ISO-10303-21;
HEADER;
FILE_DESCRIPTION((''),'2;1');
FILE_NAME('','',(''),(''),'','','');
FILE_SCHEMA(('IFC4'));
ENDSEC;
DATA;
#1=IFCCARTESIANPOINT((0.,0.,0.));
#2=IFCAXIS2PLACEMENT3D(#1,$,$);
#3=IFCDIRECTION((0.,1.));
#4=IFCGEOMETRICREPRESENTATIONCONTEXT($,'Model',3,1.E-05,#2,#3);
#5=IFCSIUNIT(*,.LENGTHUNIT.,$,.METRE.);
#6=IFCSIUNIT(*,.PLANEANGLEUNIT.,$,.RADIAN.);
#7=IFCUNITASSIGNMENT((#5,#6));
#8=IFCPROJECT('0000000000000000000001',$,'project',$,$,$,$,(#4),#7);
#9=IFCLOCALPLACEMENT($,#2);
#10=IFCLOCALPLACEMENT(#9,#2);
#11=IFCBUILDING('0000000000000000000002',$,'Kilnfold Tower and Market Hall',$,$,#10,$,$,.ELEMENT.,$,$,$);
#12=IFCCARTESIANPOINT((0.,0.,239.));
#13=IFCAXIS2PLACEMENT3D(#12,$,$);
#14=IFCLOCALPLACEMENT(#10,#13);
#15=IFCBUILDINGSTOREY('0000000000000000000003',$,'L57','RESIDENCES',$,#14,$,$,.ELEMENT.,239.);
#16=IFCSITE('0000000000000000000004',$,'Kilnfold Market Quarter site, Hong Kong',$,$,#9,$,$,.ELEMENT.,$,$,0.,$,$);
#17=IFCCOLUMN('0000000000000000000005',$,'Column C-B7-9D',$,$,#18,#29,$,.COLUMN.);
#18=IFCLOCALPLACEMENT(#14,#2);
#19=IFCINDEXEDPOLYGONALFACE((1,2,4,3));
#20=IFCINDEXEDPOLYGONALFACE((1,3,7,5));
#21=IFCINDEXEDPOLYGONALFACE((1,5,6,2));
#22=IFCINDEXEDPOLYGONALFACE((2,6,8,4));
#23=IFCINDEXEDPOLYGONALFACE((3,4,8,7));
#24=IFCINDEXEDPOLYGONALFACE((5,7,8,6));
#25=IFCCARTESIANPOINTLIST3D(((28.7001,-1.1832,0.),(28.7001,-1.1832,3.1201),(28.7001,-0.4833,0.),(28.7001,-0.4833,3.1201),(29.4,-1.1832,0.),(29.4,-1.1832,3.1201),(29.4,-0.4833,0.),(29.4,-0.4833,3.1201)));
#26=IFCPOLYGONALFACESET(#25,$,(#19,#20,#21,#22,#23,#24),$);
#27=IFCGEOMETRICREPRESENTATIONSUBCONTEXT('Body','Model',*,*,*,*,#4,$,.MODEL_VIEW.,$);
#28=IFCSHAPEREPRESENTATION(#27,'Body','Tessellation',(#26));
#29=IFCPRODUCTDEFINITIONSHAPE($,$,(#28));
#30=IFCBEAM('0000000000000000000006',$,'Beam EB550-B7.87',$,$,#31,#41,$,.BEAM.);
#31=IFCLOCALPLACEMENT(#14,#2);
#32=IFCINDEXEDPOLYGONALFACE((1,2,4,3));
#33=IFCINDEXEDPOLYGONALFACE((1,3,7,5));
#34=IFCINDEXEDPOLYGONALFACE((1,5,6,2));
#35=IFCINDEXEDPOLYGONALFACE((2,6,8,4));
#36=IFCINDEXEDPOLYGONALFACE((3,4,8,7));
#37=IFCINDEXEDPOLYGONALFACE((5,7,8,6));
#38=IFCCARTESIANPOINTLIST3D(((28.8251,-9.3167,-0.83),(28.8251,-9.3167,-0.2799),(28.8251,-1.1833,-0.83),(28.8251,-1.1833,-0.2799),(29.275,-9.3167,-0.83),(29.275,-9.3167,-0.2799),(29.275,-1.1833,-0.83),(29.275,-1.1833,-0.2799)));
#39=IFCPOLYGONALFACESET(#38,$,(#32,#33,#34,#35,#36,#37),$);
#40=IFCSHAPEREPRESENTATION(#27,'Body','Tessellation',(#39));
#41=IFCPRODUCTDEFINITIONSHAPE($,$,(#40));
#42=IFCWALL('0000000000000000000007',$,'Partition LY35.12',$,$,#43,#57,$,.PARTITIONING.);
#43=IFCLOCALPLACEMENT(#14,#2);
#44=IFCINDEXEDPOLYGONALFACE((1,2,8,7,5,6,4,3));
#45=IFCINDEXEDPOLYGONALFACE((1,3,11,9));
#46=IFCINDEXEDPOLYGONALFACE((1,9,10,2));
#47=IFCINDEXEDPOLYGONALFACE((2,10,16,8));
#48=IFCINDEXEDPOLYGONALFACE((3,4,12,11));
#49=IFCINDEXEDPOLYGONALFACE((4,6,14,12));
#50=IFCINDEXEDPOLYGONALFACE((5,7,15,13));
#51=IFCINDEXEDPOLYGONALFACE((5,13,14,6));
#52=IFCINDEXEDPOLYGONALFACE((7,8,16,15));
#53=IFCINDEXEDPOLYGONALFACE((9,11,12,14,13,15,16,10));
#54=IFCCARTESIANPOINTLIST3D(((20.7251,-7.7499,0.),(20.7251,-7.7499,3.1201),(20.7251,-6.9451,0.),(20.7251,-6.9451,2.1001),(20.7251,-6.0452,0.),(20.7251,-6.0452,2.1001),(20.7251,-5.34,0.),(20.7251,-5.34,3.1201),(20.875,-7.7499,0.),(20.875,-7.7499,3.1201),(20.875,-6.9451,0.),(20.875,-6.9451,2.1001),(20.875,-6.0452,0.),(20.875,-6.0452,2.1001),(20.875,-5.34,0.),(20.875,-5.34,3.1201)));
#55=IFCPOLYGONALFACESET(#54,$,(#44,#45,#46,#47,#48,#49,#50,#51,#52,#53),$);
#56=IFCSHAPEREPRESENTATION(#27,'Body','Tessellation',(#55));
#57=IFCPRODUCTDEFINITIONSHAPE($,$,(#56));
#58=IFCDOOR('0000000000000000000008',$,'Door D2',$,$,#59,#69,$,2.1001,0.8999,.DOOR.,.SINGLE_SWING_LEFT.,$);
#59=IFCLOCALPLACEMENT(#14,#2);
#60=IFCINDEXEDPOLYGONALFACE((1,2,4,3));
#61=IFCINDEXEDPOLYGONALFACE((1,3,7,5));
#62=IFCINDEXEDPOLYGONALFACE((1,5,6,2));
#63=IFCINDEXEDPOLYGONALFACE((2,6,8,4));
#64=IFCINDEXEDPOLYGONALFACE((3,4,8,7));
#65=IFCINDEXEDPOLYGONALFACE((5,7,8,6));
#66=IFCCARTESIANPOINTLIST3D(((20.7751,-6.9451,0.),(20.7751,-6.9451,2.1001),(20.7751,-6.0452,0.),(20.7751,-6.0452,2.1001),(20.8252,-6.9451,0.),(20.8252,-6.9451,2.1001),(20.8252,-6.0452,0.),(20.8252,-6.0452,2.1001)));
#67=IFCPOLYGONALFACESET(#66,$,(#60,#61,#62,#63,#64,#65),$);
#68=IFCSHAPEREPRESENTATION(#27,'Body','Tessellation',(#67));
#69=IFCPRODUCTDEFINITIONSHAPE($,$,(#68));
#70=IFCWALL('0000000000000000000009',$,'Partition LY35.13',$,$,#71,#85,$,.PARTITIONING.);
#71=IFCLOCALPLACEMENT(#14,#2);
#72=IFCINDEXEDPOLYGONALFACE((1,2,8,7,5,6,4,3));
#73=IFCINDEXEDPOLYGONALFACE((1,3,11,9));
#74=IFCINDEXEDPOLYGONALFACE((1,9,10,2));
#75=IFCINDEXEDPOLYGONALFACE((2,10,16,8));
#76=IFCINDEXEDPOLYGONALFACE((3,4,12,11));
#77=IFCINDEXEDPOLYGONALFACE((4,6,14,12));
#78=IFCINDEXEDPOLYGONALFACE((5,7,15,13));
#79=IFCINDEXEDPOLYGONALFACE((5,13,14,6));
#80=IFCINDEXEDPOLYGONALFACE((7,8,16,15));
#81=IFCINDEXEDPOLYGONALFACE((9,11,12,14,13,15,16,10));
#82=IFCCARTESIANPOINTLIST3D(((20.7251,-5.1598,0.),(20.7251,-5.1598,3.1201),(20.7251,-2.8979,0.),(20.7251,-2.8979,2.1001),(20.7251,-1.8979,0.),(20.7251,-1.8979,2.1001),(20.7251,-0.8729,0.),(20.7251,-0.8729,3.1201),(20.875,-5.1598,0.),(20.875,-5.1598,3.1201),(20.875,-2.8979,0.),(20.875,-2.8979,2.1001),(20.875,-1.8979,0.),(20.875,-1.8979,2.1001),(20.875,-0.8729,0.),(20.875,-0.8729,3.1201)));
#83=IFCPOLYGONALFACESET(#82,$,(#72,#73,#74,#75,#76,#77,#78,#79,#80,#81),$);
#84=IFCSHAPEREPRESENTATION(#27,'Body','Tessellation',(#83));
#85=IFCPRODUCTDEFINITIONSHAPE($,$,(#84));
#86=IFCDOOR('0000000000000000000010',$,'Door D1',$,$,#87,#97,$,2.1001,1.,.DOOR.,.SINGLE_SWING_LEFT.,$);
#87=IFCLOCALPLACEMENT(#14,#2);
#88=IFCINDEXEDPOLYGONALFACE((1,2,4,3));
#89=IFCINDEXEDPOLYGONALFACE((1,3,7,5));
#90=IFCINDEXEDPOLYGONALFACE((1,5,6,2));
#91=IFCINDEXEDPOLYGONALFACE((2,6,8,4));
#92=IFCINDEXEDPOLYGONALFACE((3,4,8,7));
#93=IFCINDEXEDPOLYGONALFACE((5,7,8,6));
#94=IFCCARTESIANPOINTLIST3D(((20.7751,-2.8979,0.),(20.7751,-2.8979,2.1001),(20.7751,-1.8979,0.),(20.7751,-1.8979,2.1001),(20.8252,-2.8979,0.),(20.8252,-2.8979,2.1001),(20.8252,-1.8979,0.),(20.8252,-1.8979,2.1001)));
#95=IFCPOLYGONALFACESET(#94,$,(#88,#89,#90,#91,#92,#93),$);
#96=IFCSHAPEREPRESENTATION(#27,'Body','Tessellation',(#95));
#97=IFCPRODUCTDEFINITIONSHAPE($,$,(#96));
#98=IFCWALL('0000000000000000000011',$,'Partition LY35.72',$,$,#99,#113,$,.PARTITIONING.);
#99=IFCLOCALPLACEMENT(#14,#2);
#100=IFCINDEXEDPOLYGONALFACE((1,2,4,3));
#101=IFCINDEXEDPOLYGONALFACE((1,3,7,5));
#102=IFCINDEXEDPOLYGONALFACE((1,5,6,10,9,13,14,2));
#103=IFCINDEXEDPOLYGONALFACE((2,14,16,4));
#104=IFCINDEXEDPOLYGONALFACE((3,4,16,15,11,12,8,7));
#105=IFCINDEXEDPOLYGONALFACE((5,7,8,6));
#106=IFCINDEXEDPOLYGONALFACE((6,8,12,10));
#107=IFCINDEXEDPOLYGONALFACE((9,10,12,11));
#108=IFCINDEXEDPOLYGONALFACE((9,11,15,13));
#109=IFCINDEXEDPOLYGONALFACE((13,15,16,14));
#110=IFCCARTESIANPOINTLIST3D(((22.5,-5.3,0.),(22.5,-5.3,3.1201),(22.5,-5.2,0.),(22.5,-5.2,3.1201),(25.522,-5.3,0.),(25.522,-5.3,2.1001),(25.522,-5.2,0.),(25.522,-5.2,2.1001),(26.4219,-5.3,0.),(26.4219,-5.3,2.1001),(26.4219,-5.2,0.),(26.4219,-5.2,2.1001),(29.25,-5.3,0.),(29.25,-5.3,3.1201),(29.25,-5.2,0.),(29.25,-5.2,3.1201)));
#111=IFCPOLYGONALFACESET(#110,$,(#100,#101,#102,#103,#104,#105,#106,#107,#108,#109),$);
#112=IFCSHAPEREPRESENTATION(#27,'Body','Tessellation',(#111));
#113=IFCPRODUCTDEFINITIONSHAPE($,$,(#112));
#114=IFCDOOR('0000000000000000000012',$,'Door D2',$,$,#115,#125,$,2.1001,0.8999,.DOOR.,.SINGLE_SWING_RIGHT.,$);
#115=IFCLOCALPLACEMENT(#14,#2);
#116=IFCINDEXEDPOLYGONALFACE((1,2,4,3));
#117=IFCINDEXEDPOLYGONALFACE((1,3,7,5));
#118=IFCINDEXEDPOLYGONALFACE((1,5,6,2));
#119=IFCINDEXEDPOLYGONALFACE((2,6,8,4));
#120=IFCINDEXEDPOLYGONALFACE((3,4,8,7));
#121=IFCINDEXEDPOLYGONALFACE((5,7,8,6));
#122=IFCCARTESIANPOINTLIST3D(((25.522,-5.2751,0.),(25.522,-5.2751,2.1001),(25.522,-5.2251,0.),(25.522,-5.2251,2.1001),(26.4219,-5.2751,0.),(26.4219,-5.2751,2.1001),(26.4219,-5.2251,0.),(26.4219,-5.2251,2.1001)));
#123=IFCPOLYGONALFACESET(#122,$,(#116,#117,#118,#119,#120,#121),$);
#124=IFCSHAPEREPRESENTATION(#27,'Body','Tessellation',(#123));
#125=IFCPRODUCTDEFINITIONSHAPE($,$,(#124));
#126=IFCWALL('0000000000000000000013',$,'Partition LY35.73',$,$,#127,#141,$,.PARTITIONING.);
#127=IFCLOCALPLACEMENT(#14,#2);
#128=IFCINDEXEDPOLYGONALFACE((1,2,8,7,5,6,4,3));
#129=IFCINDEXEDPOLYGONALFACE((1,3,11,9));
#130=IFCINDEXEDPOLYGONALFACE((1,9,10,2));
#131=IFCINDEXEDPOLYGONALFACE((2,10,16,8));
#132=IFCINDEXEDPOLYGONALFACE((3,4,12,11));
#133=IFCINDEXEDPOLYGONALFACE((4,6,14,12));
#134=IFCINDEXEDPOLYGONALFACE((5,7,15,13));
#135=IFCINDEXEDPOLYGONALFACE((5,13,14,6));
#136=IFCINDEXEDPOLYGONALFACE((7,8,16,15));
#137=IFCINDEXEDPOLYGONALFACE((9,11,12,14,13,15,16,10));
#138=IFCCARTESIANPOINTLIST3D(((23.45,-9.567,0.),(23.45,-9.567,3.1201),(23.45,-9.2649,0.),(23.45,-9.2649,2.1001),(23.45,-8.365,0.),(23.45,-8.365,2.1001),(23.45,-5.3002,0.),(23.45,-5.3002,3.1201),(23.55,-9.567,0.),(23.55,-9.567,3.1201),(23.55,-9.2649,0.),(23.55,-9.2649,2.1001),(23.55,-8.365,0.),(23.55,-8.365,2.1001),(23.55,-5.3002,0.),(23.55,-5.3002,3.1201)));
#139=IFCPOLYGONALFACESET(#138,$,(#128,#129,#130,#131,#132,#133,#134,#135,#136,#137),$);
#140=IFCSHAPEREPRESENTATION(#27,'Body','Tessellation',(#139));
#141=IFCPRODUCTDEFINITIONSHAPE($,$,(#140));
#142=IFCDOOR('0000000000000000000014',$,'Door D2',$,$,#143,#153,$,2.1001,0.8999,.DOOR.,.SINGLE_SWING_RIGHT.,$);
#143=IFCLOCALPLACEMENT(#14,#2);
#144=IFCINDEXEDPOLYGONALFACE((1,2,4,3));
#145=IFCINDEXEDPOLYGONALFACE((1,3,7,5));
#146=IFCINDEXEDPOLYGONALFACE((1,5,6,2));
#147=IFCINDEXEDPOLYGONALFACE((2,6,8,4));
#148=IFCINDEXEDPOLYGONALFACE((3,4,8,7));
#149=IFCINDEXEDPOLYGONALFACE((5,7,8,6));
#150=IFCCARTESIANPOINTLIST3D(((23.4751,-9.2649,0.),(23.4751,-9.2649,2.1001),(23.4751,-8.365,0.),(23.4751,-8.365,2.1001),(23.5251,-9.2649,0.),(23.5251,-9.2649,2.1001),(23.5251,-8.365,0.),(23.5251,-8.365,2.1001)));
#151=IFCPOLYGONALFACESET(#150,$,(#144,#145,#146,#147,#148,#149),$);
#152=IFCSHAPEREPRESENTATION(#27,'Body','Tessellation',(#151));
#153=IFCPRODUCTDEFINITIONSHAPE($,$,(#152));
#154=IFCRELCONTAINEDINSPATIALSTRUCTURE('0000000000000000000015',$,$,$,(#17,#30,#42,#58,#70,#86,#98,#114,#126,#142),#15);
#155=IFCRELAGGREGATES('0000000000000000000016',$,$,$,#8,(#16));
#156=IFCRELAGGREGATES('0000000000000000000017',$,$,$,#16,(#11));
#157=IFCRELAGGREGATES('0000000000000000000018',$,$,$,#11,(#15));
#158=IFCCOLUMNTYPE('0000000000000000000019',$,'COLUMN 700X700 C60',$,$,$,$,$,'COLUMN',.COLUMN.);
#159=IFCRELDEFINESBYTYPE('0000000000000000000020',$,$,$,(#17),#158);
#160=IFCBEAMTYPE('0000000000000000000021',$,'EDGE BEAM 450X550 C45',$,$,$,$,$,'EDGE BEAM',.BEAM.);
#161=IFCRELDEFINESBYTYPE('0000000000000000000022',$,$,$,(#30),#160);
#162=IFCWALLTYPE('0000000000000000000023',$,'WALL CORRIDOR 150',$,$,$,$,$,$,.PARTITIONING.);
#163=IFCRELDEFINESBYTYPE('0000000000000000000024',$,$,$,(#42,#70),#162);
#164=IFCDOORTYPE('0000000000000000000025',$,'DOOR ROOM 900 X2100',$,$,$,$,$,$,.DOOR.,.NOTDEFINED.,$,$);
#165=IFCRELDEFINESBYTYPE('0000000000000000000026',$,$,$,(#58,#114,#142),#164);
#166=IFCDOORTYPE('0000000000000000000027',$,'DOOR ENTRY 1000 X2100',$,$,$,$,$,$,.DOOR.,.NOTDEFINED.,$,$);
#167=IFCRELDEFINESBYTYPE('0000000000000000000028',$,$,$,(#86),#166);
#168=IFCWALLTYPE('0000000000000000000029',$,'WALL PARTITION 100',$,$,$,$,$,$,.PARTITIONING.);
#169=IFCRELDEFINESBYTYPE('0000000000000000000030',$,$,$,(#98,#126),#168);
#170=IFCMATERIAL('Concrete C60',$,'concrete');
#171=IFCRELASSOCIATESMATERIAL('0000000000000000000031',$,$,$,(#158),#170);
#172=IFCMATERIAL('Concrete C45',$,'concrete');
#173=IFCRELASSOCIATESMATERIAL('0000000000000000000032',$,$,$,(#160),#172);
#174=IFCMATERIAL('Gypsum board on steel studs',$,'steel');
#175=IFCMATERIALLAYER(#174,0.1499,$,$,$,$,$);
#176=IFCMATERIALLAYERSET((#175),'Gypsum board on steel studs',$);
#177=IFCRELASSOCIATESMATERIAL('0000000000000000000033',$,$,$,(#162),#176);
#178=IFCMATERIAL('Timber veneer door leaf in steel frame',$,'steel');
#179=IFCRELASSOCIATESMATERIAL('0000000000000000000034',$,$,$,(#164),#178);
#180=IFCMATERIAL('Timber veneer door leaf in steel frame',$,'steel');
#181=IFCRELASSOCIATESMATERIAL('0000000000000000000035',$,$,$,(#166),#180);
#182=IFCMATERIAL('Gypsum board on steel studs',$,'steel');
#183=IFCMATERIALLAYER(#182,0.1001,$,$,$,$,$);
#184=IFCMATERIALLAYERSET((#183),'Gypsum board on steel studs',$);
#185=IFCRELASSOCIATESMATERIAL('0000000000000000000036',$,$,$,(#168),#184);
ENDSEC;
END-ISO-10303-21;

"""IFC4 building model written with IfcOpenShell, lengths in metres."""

from ifc_helpers import new_model, si_unit, direction, frame, frame_2d, origin, origin_2d, place, context, subcontext, project, spatial, rectangle, extrude, source, transform, mapped, material, layer, layer_set, material_profile, profile_set, type_object, element, fill, save


model = new_model("IFC4")

# Units and contexts
model_context = context("Model", 3, precision=1e-05, world=origin(), true_north=direction((0.0, 1.0)))
body_context = subcontext(model_context, "Body", "Model", "MODEL_VIEW")
ifc_project = project(units=[si_unit("LENGTHUNIT", "METRE"), si_unit("PLANEANGLEUNIT", "RADIAN")], contexts=[model_context])

# Site, building, storey
site_placement = place(None, origin())
site = spatial("IfcSite", under=ifc_project, at=site_placement, Name="Kilnfold Market Quarter site, Hong Kong", CompositionType="ELEMENT", RefElevation=0.0)
building_placement = place(site_placement, origin())
building = spatial("IfcBuilding", under=site, at=building_placement, Name="Kilnfold Tower and Market Hall", CompositionType="ELEMENT")
storey_placement = place(building_placement, frame((0.0, 0.0, 239.0)))
storey = spatial("IfcBuildingStorey", under=building, at=storey_placement, Name="L57", Description="RESIDENCES", CompositionType="ELEMENT", Elevation=239.0)

# Column
ifc_material_1 = material(Name="Concrete C60", Category="concrete")
ifc_material_profile_1 = material_profile(ifc_material_1, rectangle(XDim=0.7, YDim=0.7, at=origin_2d()), Name="RC 700x700")
ifc_profile_set_1 = profile_set([ifc_material_profile_1], Name="Concrete C60")
column_type = type_object("IfcColumnType", Name="COLUMN 700X700 C60", ElementType="COLUMN", PredefinedType="COLUMN", material=ifc_profile_set_1)
shared_shape_1 = source(origin(), body_context, "Body", "SweptSolid", [
    extrude(rectangle(XDim=0.7, YDim=0.7, at=origin_2d()), origin(), (0.0, 0.0, 1.0), 3.1201),
])
column_placement = place(storey_placement, frame((29.05, -0.8333, 0.0), z_axis=(0.0, 0.0, 1.0), x_axis=(1.0, 0.0, 0.0)))
element("IfcColumn", 1, at=column_placement, inside=storey, type_object=column_type, Name="Column C-B7-9D", PredefinedType="COLUMN", context=body_context, shape_type="MappedRepresentation", body=[
    mapped(shared_shape_1, transform((0.0, 0.0, 0.0))),
])

# Beam
ifc_material_2 = material(Name="Concrete C45", Category="concrete")
ifc_material_profile_2 = material_profile(ifc_material_2, rectangle(XDim=0.45, YDim=0.55, at=origin_2d()), Name="RC 450x550")
ifc_profile_set_2 = profile_set([ifc_material_profile_2], Name="Concrete C45")
beam_type = type_object("IfcBeamType", Name="EDGE BEAM 450X550 C45", ElementType="EDGE BEAM", PredefinedType="BEAM", material=ifc_profile_set_2)
shared_shape_2 = source(origin(), body_context, "Body", "SweptSolid", [
    extrude(rectangle(XDim=0.45, YDim=0.55, at=origin_2d()), origin(), (0.0, 0.0, 1.0), 8.1333),
])
beam_placement = place(storey_placement, frame((29.05, -9.3167, -0.5549), z_axis=(0.0, 1.0, 0.0), x_axis=(-1.0, 0.0, 0.0)))
element("IfcBeam", 2, at=beam_placement, inside=storey, type_object=beam_type, Name="Beam EB550-B7.87", PredefinedType="BEAM", context=body_context, shape_type="MappedRepresentation", body=[
    mapped(shared_shape_2, transform((0.0, 0.0, 0.0))),
])

# Walls, openings, doors
ifc_material_3 = material(Name="Gypsum board on steel studs", Category="steel")
ifc_layer_1 = layer(ifc_material_3, 0.1499)
ifc_layer_set_1 = layer_set([ifc_layer_1], Name="Gypsum board on steel studs")
wall_type_1 = type_object("IfcWallType", Name="WALL CORRIDOR 150", PredefinedType="PARTITIONING", material=ifc_layer_set_1)
wall_1_placement = place(storey_placement, frame((20.8, -7.75, 0.0), z_axis=(0.0, 0.0, 1.0), x_axis=(0.0, 1.0, 0.0)))
wall_1 = element("IfcWall", 3, at=wall_1_placement, inside=storey, type_object=wall_type_1, Name="Partition LY35.12", PredefinedType="PARTITIONING", context=body_context, shape_type="SweptSolid", body=[
    extrude(rectangle(XDim=2.4099, YDim=0.1499, at=frame_2d((1.2051, 0.0))), origin(), (0.0, 0.0, 1.0), 3.1201),
])
opening_1_placement = place(wall_1_placement, frame((0.8049, 0.0, 0.0)))
opening_1 = element("IfcOpeningElement", 4, at=opening_1_placement, cuts=wall_1, PredefinedType="OPENING", context=body_context, shape_type="SweptSolid", body=[
    extrude(rectangle(XDim=0.8999, YDim=2.1001, at=frame_2d((0.45, 1.05))), frame((0.0, 0.085, 0.0), z_axis=(0.0, -1.0, 0.0), x_axis=(1.0, 0.0, 0.0)), (0.0, 0.0, 1.0), 0.1699),
])
ifc_material_4 = material(Name="Timber veneer door leaf in steel frame", Category="steel")
door_type_1 = type_object("IfcDoorType", Name="DOOR ROOM 900 X2100", OperationType="NOTDEFINED", PredefinedType="DOOR", material=ifc_material_4)
door_1_placement = place(opening_1_placement, origin())
door_1 = element("IfcDoor", 5, at=door_1_placement, inside=storey, type_object=door_type_1, Name="Door D2", OperationType="SINGLE_SWING_LEFT", OverallHeight=2.1001, OverallWidth=0.8999, PredefinedType="DOOR", context=body_context, shape_type="SweptSolid", body=[
    extrude(rectangle(XDim=0.8999, YDim=2.1001, at=frame_2d((0.45, 1.05))), frame((0.0, 0.0249, 0.0), z_axis=(0.0, -1.0, 0.0), x_axis=(1.0, 0.0, 0.0)), (0.0, 0.0, 1.0), 0.05),
])
fill(opening_1, door_1)
wall_2_placement = place(storey_placement, frame((20.8, -5.1599, 0.0), z_axis=(0.0, 0.0, 1.0), x_axis=(0.0, 1.0, 0.0)))
wall_2 = element("IfcWall", 6, at=wall_2_placement, inside=storey, type_object=wall_type_1, Name="Partition LY35.13", PredefinedType="PARTITIONING", context=body_context, shape_type="SweptSolid", body=[
    extrude(rectangle(XDim=4.2869, YDim=0.1499, at=frame_2d((2.1436, 0.0))), origin(), (0.0, 0.0, 1.0), 3.1201),
])
opening_2_placement = place(wall_2_placement, frame((2.262, 0.0, 0.0)))
opening_2 = element("IfcOpeningElement", 7, at=opening_2_placement, cuts=wall_2, PredefinedType="OPENING", context=body_context, shape_type="SweptSolid", body=[
    extrude(rectangle(XDim=1.0, YDim=2.1001, at=frame_2d((0.5, 1.05))), frame((0.0, 0.085, 0.0), z_axis=(0.0, -1.0, 0.0), x_axis=(1.0, 0.0, 0.0)), (0.0, 0.0, 1.0), 0.1699),
])
ifc_material_5 = material(Name="Timber veneer door leaf in steel frame", Category="steel")
door_type_2 = type_object("IfcDoorType", Name="DOOR ENTRY 1000 X2100", OperationType="NOTDEFINED", PredefinedType="DOOR", material=ifc_material_5)
door_2_placement = place(opening_2_placement, origin())
door_2 = element("IfcDoor", 8, at=door_2_placement, inside=storey, type_object=door_type_2, Name="Door D1", OperationType="SINGLE_SWING_LEFT", OverallHeight=2.1001, OverallWidth=1.0, PredefinedType="DOOR", context=body_context, shape_type="SweptSolid", body=[
    extrude(rectangle(XDim=1.0, YDim=2.1001, at=frame_2d((0.5, 1.05))), frame((0.0, 0.0249, 0.0), z_axis=(0.0, -1.0, 0.0), x_axis=(1.0, 0.0, 0.0)), (0.0, 0.0, 1.0), 0.05),
])
fill(opening_2, door_2)
ifc_material_6 = material(Name="Gypsum board on steel studs", Category="steel")
ifc_layer_2 = layer(ifc_material_6, 0.1001)
ifc_layer_set_2 = layer_set([ifc_layer_2], Name="Gypsum board on steel studs")
wall_type_2 = type_object("IfcWallType", Name="WALL PARTITION 100", PredefinedType="PARTITIONING", material=ifc_layer_set_2)
wall_3_placement = place(storey_placement, frame((22.5, -5.25, 0.0), z_axis=(0.0, 0.0, 1.0), x_axis=(1.0, 0.0, 0.0)))
wall_3 = element("IfcWall", 9, at=wall_3_placement, inside=storey, type_object=wall_type_2, Name="Partition LY35.72", PredefinedType="PARTITIONING", context=body_context, shape_type="SweptSolid", body=[
    extrude(rectangle(XDim=6.75, YDim=0.1001, at=frame_2d((3.375, 0.0))), origin(), (0.0, 0.0, 1.0), 3.1201),
])
opening_3_placement = place(wall_3_placement, frame((3.022, 0.0, 0.0)))
opening_3 = element("IfcOpeningElement", 10, at=opening_3_placement, cuts=wall_3, PredefinedType="OPENING", context=body_context, shape_type="SweptSolid", body=[
    extrude(rectangle(XDim=0.8999, YDim=2.1001, at=frame_2d((0.45, 1.05))), frame((0.0, 0.0601, 0.0), z_axis=(0.0, -1.0, 0.0), x_axis=(1.0, 0.0, 0.0)), (0.0, 0.0, 1.0), 0.1201),
])
door_3_placement = place(opening_3_placement, origin())
door_3 = element("IfcDoor", 11, at=door_3_placement, inside=storey, type_object=door_type_1, Name="Door D2", OperationType="SINGLE_SWING_RIGHT", OverallHeight=2.1001, OverallWidth=0.8999, PredefinedType="DOOR", context=body_context, shape_type="SweptSolid", body=[
    extrude(rectangle(XDim=0.8999, YDim=2.1001, at=frame_2d((0.45, 1.05))), frame((0.0, 0.0249, 0.0), z_axis=(0.0, -1.0, 0.0), x_axis=(1.0, 0.0, 0.0)), (0.0, 0.0, 1.0), 0.05),
])
fill(opening_3, door_3)
wall_4_placement = place(storey_placement, frame((23.5, -9.5669, 0.0), z_axis=(0.0, 0.0, 1.0), x_axis=(0.0, 1.0, 0.0)))
wall_4 = element("IfcWall", 12, at=wall_4_placement, inside=storey, type_object=wall_type_2, Name="Partition LY35.73", PredefinedType="PARTITIONING", context=body_context, shape_type="SweptSolid", body=[
    extrude(rectangle(XDim=4.2668, YDim=0.1001, at=frame_2d((2.1333, 0.0))), origin(), (0.0, 0.0, 1.0), 3.1201),
])
opening_4_placement = place(wall_4_placement, frame((0.302, 0.0, 0.0)))
opening_4 = element("IfcOpeningElement", 13, at=opening_4_placement, cuts=wall_4, PredefinedType="OPENING", context=body_context, shape_type="SweptSolid", body=[
    extrude(rectangle(XDim=0.8999, YDim=2.1001, at=frame_2d((0.45, 1.05))), frame((0.0, 0.0601, 0.0), z_axis=(0.0, -1.0, 0.0), x_axis=(1.0, 0.0, 0.0)), (0.0, 0.0, 1.0), 0.1201),
])
door_4_placement = place(opening_4_placement, origin())
door_4 = element("IfcDoor", 14, at=door_4_placement, inside=storey, type_object=door_type_1, Name="Door D2", OperationType="SINGLE_SWING_RIGHT", OverallHeight=2.1001, OverallWidth=0.8999, PredefinedType="DOOR", context=body_context, shape_type="SweptSolid", body=[
    extrude(rectangle(XDim=0.8999, YDim=2.1001, at=frame_2d((0.45, 1.05))), frame((0.0, 0.0249, 0.0), z_axis=(0.0, -1.0, 0.0), x_axis=(1.0, 0.0, 0.0)), (0.0, 0.0, 1.0), 0.05),
])
fill(opening_4, door_4)

save(model, "model.ifc")
